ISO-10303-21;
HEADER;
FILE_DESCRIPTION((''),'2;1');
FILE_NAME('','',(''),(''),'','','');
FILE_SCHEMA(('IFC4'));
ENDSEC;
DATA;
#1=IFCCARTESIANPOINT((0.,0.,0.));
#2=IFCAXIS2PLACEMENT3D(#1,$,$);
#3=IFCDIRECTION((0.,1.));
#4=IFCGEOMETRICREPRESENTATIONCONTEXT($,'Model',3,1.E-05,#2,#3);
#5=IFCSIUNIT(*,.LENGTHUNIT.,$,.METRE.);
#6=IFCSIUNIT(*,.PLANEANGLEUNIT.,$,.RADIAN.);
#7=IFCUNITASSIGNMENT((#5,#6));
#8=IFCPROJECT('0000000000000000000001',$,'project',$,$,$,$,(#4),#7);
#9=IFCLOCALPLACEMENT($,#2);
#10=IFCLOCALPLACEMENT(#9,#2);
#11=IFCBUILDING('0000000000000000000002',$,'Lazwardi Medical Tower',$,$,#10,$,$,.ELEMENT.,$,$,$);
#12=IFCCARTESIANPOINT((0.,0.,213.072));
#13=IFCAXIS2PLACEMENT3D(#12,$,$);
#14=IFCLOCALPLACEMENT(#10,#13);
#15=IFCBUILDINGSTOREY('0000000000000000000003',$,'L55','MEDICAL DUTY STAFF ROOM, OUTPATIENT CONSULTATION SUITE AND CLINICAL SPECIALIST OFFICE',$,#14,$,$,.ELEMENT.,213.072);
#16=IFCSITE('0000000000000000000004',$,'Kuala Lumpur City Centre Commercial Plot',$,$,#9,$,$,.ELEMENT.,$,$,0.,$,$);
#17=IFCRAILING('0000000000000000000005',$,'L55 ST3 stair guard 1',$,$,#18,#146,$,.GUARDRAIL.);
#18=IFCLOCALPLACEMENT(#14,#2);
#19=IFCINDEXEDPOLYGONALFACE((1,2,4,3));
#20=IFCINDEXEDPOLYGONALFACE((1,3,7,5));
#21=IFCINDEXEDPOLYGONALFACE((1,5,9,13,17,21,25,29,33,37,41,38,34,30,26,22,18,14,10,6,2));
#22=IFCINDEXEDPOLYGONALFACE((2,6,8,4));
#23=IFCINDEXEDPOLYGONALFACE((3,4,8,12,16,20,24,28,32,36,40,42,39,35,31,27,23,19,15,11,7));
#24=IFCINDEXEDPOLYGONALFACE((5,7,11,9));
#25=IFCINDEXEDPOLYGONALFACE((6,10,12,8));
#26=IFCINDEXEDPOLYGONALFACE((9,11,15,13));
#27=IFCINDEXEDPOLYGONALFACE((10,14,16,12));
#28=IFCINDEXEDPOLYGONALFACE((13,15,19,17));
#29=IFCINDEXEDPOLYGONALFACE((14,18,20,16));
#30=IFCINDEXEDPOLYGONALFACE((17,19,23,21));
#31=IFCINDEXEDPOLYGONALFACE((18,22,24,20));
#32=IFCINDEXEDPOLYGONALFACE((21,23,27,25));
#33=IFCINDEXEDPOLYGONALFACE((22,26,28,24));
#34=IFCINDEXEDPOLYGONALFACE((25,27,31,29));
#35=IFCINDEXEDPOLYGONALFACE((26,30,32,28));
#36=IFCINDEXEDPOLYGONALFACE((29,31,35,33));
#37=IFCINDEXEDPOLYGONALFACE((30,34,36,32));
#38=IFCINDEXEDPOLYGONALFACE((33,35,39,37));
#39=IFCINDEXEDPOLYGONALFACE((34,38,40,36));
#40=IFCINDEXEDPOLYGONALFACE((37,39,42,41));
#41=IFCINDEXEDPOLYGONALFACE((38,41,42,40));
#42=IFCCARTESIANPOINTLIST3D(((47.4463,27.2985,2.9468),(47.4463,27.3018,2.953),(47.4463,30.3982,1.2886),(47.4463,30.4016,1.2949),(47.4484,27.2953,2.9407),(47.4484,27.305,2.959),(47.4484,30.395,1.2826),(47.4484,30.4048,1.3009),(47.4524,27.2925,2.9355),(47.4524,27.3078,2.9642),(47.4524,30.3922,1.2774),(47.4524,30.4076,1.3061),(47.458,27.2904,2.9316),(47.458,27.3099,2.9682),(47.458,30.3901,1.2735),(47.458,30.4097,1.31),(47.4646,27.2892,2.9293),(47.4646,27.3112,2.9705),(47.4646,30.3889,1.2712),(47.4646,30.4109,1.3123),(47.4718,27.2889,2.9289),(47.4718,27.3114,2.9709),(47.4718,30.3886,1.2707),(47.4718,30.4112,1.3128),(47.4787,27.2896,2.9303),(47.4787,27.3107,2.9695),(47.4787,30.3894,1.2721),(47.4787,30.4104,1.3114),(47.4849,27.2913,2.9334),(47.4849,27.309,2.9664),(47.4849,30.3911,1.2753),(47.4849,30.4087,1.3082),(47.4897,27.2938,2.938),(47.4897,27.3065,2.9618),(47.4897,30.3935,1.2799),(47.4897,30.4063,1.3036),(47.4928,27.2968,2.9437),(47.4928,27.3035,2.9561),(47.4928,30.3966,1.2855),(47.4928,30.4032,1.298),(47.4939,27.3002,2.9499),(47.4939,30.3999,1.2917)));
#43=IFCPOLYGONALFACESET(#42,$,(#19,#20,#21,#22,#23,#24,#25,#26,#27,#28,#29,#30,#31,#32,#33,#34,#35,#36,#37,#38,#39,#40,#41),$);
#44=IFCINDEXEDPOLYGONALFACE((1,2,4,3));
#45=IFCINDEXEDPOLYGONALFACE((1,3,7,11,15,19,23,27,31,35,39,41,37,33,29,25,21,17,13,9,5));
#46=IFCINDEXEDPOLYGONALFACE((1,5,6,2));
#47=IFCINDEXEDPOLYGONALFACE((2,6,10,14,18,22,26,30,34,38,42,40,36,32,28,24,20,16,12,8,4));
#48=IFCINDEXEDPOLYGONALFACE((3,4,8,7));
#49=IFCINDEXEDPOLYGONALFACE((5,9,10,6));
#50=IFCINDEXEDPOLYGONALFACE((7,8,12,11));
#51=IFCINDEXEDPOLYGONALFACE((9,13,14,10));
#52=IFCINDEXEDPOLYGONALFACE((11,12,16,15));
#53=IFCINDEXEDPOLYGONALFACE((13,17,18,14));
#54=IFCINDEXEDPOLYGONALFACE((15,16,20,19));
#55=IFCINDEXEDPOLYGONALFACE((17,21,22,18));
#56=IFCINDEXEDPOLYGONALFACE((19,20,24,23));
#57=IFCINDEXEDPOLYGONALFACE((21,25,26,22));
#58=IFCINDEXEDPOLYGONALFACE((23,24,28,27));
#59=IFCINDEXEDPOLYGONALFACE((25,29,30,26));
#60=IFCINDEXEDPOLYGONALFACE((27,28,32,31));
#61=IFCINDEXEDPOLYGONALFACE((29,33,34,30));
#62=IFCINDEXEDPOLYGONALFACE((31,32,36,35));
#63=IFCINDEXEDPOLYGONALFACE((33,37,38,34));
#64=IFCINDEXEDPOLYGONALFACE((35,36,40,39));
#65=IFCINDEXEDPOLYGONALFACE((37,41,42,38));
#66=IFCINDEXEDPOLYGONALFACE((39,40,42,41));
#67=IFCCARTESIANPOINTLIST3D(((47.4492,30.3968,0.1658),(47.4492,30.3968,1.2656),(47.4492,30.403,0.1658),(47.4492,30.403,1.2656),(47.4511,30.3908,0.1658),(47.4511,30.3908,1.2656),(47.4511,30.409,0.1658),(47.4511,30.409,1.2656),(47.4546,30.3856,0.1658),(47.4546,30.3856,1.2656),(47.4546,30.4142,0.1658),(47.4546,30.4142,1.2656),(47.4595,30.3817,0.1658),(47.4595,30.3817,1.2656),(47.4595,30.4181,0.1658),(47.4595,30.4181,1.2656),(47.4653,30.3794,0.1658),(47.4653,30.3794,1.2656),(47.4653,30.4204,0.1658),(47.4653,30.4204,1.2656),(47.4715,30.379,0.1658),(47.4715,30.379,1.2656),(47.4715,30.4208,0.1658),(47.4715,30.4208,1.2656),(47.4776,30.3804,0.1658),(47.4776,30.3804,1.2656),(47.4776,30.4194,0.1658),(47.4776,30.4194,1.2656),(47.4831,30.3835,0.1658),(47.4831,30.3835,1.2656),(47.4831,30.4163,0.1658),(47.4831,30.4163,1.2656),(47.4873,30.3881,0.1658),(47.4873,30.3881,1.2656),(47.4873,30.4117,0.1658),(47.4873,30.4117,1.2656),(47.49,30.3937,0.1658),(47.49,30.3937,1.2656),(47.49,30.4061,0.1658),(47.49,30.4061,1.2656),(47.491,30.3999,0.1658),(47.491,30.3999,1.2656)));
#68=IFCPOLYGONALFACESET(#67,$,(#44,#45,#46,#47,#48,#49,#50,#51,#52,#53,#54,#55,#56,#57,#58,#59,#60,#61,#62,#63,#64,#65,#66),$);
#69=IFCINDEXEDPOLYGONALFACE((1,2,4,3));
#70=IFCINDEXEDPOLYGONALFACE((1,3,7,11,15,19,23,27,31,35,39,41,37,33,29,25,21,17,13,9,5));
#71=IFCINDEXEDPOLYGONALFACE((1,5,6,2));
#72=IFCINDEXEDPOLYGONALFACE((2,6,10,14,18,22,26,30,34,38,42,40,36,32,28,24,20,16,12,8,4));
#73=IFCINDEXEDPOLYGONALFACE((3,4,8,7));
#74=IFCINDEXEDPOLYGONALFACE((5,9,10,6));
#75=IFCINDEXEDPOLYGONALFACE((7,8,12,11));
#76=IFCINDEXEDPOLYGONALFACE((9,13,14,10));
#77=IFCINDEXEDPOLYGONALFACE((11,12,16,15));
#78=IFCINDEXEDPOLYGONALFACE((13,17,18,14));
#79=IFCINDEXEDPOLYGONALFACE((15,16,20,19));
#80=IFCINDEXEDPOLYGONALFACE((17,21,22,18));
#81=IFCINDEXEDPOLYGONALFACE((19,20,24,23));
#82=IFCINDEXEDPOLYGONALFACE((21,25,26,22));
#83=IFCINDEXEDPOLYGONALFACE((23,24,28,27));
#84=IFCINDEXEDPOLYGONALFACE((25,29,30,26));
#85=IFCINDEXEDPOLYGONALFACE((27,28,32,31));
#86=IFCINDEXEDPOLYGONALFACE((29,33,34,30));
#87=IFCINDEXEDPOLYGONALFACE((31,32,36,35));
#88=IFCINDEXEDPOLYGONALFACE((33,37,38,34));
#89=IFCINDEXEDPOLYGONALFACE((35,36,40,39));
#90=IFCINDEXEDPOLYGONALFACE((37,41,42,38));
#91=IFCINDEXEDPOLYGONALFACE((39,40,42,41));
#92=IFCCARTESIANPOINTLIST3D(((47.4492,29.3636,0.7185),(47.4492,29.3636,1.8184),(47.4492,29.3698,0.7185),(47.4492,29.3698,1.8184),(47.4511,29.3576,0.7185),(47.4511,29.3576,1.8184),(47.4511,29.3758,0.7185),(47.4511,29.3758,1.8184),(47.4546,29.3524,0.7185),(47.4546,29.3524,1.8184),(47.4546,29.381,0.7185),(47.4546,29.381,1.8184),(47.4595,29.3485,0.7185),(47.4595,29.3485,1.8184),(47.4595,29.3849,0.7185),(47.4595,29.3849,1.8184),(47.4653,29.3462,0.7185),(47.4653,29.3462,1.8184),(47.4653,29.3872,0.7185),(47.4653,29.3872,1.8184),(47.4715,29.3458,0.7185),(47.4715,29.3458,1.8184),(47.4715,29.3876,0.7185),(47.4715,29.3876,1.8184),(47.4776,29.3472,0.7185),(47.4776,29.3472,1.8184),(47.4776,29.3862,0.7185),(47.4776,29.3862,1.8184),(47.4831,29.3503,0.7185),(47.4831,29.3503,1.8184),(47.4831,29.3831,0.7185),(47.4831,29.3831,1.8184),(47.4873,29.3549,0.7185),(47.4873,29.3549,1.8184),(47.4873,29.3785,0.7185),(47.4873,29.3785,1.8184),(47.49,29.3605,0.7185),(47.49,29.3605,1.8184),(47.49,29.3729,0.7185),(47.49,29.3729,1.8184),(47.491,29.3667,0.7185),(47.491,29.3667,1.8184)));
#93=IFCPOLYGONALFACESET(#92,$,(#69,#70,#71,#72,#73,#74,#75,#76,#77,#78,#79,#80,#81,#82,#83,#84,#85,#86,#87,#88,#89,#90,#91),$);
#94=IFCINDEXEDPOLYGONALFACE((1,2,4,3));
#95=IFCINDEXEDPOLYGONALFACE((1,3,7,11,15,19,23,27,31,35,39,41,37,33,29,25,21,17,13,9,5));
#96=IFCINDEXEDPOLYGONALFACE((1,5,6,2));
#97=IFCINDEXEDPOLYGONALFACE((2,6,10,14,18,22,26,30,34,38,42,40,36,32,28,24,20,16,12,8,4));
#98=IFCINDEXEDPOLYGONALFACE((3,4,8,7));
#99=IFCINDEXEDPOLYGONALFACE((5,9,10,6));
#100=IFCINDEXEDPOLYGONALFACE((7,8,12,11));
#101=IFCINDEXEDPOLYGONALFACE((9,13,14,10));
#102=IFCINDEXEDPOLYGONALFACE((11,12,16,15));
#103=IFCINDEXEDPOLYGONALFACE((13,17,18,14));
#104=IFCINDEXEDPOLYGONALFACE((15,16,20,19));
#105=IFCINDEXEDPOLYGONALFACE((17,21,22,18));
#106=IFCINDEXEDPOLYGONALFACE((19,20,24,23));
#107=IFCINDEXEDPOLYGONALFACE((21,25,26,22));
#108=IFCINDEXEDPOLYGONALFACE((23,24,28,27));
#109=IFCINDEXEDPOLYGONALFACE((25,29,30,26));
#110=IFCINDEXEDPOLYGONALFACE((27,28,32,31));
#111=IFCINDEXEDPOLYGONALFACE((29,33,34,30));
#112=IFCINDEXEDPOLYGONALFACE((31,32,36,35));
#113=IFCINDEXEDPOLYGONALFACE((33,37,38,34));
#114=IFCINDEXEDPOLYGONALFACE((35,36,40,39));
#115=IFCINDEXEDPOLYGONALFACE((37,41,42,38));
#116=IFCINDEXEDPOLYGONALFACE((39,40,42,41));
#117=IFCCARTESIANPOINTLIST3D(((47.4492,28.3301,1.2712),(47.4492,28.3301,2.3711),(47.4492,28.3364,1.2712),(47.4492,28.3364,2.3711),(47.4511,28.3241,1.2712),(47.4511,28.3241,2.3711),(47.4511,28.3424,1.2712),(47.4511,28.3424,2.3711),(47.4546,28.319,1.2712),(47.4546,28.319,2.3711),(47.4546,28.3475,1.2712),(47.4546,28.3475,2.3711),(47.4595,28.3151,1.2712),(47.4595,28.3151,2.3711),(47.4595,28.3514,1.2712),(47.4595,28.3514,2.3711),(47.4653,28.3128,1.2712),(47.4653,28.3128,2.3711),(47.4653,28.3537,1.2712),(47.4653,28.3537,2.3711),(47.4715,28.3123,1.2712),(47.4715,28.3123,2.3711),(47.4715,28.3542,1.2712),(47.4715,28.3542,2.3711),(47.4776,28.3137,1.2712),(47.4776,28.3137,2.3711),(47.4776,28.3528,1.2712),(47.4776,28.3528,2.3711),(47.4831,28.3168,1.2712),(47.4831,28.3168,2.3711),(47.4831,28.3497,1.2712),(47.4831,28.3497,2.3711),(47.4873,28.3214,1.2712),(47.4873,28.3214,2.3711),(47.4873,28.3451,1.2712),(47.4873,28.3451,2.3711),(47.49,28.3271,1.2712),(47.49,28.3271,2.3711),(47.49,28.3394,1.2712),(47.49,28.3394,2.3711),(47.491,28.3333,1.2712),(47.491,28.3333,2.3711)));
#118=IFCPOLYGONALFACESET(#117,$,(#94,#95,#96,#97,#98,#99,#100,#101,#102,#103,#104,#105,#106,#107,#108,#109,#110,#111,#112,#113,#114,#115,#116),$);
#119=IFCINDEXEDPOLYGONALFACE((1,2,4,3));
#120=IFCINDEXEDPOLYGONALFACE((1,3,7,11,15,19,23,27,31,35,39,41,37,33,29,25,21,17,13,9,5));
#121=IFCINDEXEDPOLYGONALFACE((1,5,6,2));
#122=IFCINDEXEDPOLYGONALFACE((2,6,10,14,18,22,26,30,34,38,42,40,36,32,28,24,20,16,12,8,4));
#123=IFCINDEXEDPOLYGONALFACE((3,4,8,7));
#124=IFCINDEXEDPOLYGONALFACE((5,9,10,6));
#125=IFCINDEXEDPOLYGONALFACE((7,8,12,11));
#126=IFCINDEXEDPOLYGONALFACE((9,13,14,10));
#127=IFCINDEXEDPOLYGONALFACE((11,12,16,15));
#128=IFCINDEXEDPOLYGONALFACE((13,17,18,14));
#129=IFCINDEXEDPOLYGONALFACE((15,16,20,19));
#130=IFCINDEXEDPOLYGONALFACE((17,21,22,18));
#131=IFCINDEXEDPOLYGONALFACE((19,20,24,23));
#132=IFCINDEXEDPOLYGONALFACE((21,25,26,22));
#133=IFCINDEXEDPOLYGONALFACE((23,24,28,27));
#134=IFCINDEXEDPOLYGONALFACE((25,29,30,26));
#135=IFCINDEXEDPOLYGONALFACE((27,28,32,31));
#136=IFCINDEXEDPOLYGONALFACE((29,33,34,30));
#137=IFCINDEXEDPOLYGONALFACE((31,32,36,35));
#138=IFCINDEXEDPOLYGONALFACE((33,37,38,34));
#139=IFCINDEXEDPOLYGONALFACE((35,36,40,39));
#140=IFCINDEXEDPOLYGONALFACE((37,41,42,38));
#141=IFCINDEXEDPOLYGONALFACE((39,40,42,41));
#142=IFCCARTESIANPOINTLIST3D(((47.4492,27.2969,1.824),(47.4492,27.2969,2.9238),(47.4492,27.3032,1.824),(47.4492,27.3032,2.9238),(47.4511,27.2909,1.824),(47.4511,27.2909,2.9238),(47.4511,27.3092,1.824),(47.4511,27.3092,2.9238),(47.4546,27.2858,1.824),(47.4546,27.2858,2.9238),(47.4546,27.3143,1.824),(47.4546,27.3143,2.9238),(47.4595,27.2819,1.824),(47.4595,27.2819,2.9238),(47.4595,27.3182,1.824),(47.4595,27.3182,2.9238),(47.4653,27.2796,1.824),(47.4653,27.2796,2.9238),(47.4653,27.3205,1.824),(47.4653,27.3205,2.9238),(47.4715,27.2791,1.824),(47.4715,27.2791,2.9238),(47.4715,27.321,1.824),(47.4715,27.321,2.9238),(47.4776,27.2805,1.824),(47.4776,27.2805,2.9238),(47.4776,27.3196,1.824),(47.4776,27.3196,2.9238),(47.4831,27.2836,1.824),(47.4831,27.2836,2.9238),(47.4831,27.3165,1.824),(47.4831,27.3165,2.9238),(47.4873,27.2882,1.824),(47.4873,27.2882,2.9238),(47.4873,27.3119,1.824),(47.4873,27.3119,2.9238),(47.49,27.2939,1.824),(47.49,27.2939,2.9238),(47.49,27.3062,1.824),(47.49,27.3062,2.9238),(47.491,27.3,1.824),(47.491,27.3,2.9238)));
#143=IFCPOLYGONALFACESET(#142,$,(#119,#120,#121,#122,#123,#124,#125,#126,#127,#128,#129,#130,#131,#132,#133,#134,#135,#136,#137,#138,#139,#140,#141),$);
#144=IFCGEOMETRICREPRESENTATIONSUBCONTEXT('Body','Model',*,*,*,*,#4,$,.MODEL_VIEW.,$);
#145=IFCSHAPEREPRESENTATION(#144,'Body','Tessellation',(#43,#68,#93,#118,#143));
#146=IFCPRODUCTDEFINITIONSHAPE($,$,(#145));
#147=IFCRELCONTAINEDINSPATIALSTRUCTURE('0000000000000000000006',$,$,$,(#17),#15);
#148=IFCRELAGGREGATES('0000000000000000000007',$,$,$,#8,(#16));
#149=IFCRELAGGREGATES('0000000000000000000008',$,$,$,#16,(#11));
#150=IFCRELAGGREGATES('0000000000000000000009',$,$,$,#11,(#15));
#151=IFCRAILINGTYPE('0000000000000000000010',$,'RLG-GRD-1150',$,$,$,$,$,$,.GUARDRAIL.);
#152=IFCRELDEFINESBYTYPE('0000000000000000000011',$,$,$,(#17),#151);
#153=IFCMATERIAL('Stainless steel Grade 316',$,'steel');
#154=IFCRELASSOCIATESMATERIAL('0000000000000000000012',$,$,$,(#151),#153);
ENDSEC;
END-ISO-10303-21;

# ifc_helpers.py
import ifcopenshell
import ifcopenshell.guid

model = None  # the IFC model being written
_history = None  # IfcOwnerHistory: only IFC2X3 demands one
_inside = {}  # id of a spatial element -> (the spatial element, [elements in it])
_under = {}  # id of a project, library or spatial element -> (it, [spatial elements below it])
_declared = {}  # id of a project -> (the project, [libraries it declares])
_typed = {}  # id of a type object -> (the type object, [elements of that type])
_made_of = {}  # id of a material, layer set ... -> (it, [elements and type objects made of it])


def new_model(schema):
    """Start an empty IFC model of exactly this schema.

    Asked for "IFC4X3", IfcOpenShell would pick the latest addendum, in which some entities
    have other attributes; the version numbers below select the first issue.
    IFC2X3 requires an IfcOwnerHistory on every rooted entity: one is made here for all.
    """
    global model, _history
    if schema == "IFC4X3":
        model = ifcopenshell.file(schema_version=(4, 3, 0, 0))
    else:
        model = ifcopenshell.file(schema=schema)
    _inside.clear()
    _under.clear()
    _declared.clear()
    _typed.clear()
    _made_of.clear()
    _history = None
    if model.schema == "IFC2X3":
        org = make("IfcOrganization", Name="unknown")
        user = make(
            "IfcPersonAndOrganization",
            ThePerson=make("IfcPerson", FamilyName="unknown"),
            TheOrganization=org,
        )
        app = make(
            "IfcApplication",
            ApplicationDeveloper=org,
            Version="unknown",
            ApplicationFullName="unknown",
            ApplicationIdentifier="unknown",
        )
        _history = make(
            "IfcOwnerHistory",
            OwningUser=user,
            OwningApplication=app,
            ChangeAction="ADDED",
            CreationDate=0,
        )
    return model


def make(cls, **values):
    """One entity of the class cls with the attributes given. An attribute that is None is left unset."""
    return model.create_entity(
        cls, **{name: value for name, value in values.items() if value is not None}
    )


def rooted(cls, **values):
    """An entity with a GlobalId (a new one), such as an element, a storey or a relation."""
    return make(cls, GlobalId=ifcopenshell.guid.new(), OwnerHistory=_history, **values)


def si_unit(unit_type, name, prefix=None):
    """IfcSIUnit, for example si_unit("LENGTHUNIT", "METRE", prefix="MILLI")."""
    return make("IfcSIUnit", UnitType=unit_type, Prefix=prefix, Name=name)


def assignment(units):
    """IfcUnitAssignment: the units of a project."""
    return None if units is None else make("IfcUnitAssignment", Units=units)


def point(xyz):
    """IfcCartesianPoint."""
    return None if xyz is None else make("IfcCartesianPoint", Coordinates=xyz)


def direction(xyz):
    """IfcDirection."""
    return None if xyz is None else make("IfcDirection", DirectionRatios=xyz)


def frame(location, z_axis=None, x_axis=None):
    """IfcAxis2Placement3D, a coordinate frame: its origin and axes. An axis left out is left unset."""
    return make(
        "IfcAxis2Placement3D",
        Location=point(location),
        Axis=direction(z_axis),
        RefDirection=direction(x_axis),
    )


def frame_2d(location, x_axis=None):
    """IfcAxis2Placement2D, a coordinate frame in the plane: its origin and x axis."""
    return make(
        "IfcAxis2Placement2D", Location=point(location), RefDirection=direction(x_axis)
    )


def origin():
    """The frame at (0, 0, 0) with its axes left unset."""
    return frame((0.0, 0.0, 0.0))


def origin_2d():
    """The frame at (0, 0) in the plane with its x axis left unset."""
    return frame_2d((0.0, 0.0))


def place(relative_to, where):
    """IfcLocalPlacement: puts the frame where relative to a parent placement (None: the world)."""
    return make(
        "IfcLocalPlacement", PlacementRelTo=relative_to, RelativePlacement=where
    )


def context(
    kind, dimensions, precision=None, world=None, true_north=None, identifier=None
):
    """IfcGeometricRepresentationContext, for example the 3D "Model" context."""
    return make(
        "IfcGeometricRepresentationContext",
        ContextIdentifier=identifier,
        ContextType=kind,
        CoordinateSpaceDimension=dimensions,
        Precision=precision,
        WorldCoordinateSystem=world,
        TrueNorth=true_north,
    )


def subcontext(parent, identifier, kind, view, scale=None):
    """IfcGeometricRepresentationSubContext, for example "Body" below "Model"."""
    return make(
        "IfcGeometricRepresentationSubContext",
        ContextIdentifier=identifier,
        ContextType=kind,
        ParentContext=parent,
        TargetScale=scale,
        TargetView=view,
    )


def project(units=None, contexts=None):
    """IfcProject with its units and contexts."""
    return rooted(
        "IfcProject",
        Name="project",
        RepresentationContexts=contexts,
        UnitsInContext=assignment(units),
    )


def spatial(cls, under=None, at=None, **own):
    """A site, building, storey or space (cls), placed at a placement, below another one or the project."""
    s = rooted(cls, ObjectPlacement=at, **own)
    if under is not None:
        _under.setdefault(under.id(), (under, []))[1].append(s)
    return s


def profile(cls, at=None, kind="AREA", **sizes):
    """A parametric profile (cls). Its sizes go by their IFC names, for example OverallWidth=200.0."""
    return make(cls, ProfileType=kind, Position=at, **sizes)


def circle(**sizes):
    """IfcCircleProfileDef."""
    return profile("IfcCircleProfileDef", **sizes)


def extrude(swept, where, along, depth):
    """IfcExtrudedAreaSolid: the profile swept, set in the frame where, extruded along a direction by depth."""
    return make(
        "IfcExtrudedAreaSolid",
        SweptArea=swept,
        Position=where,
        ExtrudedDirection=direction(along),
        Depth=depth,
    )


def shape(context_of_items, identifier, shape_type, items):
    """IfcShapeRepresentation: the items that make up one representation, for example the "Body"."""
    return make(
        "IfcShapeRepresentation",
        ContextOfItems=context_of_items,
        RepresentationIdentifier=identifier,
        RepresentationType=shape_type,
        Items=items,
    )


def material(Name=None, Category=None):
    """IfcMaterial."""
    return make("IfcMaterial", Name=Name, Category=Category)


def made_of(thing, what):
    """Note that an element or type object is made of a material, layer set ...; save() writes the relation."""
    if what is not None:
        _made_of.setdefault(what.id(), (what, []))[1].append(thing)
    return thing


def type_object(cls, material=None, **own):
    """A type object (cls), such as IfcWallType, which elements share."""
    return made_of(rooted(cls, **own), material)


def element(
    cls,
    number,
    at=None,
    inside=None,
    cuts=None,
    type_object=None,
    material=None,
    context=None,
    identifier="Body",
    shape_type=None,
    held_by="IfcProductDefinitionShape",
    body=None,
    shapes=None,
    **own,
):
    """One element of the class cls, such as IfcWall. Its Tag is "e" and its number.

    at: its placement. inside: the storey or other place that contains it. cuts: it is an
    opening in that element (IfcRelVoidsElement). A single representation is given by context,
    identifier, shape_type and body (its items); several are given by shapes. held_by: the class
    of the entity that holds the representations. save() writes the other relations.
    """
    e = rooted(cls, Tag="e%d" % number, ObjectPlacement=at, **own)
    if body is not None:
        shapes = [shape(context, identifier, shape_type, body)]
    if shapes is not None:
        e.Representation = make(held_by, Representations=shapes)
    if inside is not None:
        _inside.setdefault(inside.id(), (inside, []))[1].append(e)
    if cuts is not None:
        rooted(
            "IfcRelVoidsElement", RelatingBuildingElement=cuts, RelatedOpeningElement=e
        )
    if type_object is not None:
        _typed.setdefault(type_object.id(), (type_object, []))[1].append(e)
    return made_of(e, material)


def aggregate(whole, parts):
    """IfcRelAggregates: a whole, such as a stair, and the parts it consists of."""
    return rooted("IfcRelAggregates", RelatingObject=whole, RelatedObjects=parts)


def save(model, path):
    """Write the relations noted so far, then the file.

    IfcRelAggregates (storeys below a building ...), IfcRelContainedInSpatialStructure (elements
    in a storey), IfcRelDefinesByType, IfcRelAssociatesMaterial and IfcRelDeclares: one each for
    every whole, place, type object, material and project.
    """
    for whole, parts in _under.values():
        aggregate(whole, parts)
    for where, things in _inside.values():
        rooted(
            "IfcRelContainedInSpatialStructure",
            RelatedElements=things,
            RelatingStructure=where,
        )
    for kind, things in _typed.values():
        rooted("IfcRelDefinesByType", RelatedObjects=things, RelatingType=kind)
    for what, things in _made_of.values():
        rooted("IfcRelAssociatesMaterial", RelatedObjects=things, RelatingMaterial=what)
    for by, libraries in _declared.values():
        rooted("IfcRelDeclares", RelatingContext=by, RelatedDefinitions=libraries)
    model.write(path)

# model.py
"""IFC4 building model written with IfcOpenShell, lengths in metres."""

from ifc_helpers import new_model, si_unit, direction, frame, origin, origin_2d, place, context, subcontext, project, spatial, circle, extrude, material, type_object, element, save


model = new_model("IFC4")

# Units and contexts
model_context = context("Model", 3, precision=1e-05, world=origin(), true_north=direction((0.0, 1.0)))
body_context = subcontext(model_context, "Body", "Model", "MODEL_VIEW")
ifc_project = project(units=[si_unit("LENGTHUNIT", "METRE"), si_unit("PLANEANGLEUNIT", "RADIAN")], contexts=[model_context])

# Site, building, storey
site_placement = place(None, origin())
site = spatial("IfcSite", under=ifc_project, at=site_placement, Name="Kuala Lumpur City Centre Commercial Plot", CompositionType="ELEMENT", RefElevation=0.0)
building_placement = place(site_placement, origin())
building = spatial("IfcBuilding", under=site, at=building_placement, Name="Lazwardi Medical Tower", CompositionType="ELEMENT")
storey_placement = place(building_placement, frame((0.0, 0.0, 213.072)))
storey = spatial("IfcBuildingStorey", under=building, at=storey_placement, Name="L55", Description="MEDICAL DUTY STAFF ROOM, OUTPATIENT CONSULTATION SUITE AND CLINICAL SPECIALIST OFFICE", CompositionType="ELEMENT", Elevation=213.072)

# Railing
ifc_material_1 = material(Name="Stainless steel Grade 316", Category="steel")
railing_type = type_object("IfcRailingType", Name="RLG-GRD-1150", PredefinedType="GUARDRAIL", material=ifc_material_1)
railing_1_placement = place(storey_placement, frame((47.47, 30.3999, 0.1658)))
element("IfcRailing", 1, at=railing_1_placement, inside=storey, type_object=railing_type, Name="L55 ST3 stair guard 1", PredefinedType="GUARDRAIL", context=body_context, shape_type="SweptSolid", body=[
    extrude(circle(Radius=0.0239, at=origin_2d()), frame((0.0, 0.0, 1.126), z_axis=(0.0, -0.881768, 0.471684), x_axis=(1.0, 0.0, 0.0)), (0.0, 0.0, 1.0), 3.5154),
    extrude(circle(Radius=0.021, at=origin_2d()), origin(), (0.0, 0.0, 1.0), 1.0999),
    extrude(circle(Radius=0.021, at=origin_2d()), frame((0.0, -1.0332, 0.5527)), (0.0, 0.0, 1.0), 1.0999),
    extrude(circle(Radius=0.021, at=origin_2d()), frame((0.0, -2.0667, 1.1055)), (0.0, 0.0, 1.0), 1.0999),
    extrude(circle(Radius=0.021, at=origin_2d()), frame((0.0, -3.0999, 1.6582)), (0.0, 0.0, 1.0), 1.0999),
])

save(model, "model.ifc")
